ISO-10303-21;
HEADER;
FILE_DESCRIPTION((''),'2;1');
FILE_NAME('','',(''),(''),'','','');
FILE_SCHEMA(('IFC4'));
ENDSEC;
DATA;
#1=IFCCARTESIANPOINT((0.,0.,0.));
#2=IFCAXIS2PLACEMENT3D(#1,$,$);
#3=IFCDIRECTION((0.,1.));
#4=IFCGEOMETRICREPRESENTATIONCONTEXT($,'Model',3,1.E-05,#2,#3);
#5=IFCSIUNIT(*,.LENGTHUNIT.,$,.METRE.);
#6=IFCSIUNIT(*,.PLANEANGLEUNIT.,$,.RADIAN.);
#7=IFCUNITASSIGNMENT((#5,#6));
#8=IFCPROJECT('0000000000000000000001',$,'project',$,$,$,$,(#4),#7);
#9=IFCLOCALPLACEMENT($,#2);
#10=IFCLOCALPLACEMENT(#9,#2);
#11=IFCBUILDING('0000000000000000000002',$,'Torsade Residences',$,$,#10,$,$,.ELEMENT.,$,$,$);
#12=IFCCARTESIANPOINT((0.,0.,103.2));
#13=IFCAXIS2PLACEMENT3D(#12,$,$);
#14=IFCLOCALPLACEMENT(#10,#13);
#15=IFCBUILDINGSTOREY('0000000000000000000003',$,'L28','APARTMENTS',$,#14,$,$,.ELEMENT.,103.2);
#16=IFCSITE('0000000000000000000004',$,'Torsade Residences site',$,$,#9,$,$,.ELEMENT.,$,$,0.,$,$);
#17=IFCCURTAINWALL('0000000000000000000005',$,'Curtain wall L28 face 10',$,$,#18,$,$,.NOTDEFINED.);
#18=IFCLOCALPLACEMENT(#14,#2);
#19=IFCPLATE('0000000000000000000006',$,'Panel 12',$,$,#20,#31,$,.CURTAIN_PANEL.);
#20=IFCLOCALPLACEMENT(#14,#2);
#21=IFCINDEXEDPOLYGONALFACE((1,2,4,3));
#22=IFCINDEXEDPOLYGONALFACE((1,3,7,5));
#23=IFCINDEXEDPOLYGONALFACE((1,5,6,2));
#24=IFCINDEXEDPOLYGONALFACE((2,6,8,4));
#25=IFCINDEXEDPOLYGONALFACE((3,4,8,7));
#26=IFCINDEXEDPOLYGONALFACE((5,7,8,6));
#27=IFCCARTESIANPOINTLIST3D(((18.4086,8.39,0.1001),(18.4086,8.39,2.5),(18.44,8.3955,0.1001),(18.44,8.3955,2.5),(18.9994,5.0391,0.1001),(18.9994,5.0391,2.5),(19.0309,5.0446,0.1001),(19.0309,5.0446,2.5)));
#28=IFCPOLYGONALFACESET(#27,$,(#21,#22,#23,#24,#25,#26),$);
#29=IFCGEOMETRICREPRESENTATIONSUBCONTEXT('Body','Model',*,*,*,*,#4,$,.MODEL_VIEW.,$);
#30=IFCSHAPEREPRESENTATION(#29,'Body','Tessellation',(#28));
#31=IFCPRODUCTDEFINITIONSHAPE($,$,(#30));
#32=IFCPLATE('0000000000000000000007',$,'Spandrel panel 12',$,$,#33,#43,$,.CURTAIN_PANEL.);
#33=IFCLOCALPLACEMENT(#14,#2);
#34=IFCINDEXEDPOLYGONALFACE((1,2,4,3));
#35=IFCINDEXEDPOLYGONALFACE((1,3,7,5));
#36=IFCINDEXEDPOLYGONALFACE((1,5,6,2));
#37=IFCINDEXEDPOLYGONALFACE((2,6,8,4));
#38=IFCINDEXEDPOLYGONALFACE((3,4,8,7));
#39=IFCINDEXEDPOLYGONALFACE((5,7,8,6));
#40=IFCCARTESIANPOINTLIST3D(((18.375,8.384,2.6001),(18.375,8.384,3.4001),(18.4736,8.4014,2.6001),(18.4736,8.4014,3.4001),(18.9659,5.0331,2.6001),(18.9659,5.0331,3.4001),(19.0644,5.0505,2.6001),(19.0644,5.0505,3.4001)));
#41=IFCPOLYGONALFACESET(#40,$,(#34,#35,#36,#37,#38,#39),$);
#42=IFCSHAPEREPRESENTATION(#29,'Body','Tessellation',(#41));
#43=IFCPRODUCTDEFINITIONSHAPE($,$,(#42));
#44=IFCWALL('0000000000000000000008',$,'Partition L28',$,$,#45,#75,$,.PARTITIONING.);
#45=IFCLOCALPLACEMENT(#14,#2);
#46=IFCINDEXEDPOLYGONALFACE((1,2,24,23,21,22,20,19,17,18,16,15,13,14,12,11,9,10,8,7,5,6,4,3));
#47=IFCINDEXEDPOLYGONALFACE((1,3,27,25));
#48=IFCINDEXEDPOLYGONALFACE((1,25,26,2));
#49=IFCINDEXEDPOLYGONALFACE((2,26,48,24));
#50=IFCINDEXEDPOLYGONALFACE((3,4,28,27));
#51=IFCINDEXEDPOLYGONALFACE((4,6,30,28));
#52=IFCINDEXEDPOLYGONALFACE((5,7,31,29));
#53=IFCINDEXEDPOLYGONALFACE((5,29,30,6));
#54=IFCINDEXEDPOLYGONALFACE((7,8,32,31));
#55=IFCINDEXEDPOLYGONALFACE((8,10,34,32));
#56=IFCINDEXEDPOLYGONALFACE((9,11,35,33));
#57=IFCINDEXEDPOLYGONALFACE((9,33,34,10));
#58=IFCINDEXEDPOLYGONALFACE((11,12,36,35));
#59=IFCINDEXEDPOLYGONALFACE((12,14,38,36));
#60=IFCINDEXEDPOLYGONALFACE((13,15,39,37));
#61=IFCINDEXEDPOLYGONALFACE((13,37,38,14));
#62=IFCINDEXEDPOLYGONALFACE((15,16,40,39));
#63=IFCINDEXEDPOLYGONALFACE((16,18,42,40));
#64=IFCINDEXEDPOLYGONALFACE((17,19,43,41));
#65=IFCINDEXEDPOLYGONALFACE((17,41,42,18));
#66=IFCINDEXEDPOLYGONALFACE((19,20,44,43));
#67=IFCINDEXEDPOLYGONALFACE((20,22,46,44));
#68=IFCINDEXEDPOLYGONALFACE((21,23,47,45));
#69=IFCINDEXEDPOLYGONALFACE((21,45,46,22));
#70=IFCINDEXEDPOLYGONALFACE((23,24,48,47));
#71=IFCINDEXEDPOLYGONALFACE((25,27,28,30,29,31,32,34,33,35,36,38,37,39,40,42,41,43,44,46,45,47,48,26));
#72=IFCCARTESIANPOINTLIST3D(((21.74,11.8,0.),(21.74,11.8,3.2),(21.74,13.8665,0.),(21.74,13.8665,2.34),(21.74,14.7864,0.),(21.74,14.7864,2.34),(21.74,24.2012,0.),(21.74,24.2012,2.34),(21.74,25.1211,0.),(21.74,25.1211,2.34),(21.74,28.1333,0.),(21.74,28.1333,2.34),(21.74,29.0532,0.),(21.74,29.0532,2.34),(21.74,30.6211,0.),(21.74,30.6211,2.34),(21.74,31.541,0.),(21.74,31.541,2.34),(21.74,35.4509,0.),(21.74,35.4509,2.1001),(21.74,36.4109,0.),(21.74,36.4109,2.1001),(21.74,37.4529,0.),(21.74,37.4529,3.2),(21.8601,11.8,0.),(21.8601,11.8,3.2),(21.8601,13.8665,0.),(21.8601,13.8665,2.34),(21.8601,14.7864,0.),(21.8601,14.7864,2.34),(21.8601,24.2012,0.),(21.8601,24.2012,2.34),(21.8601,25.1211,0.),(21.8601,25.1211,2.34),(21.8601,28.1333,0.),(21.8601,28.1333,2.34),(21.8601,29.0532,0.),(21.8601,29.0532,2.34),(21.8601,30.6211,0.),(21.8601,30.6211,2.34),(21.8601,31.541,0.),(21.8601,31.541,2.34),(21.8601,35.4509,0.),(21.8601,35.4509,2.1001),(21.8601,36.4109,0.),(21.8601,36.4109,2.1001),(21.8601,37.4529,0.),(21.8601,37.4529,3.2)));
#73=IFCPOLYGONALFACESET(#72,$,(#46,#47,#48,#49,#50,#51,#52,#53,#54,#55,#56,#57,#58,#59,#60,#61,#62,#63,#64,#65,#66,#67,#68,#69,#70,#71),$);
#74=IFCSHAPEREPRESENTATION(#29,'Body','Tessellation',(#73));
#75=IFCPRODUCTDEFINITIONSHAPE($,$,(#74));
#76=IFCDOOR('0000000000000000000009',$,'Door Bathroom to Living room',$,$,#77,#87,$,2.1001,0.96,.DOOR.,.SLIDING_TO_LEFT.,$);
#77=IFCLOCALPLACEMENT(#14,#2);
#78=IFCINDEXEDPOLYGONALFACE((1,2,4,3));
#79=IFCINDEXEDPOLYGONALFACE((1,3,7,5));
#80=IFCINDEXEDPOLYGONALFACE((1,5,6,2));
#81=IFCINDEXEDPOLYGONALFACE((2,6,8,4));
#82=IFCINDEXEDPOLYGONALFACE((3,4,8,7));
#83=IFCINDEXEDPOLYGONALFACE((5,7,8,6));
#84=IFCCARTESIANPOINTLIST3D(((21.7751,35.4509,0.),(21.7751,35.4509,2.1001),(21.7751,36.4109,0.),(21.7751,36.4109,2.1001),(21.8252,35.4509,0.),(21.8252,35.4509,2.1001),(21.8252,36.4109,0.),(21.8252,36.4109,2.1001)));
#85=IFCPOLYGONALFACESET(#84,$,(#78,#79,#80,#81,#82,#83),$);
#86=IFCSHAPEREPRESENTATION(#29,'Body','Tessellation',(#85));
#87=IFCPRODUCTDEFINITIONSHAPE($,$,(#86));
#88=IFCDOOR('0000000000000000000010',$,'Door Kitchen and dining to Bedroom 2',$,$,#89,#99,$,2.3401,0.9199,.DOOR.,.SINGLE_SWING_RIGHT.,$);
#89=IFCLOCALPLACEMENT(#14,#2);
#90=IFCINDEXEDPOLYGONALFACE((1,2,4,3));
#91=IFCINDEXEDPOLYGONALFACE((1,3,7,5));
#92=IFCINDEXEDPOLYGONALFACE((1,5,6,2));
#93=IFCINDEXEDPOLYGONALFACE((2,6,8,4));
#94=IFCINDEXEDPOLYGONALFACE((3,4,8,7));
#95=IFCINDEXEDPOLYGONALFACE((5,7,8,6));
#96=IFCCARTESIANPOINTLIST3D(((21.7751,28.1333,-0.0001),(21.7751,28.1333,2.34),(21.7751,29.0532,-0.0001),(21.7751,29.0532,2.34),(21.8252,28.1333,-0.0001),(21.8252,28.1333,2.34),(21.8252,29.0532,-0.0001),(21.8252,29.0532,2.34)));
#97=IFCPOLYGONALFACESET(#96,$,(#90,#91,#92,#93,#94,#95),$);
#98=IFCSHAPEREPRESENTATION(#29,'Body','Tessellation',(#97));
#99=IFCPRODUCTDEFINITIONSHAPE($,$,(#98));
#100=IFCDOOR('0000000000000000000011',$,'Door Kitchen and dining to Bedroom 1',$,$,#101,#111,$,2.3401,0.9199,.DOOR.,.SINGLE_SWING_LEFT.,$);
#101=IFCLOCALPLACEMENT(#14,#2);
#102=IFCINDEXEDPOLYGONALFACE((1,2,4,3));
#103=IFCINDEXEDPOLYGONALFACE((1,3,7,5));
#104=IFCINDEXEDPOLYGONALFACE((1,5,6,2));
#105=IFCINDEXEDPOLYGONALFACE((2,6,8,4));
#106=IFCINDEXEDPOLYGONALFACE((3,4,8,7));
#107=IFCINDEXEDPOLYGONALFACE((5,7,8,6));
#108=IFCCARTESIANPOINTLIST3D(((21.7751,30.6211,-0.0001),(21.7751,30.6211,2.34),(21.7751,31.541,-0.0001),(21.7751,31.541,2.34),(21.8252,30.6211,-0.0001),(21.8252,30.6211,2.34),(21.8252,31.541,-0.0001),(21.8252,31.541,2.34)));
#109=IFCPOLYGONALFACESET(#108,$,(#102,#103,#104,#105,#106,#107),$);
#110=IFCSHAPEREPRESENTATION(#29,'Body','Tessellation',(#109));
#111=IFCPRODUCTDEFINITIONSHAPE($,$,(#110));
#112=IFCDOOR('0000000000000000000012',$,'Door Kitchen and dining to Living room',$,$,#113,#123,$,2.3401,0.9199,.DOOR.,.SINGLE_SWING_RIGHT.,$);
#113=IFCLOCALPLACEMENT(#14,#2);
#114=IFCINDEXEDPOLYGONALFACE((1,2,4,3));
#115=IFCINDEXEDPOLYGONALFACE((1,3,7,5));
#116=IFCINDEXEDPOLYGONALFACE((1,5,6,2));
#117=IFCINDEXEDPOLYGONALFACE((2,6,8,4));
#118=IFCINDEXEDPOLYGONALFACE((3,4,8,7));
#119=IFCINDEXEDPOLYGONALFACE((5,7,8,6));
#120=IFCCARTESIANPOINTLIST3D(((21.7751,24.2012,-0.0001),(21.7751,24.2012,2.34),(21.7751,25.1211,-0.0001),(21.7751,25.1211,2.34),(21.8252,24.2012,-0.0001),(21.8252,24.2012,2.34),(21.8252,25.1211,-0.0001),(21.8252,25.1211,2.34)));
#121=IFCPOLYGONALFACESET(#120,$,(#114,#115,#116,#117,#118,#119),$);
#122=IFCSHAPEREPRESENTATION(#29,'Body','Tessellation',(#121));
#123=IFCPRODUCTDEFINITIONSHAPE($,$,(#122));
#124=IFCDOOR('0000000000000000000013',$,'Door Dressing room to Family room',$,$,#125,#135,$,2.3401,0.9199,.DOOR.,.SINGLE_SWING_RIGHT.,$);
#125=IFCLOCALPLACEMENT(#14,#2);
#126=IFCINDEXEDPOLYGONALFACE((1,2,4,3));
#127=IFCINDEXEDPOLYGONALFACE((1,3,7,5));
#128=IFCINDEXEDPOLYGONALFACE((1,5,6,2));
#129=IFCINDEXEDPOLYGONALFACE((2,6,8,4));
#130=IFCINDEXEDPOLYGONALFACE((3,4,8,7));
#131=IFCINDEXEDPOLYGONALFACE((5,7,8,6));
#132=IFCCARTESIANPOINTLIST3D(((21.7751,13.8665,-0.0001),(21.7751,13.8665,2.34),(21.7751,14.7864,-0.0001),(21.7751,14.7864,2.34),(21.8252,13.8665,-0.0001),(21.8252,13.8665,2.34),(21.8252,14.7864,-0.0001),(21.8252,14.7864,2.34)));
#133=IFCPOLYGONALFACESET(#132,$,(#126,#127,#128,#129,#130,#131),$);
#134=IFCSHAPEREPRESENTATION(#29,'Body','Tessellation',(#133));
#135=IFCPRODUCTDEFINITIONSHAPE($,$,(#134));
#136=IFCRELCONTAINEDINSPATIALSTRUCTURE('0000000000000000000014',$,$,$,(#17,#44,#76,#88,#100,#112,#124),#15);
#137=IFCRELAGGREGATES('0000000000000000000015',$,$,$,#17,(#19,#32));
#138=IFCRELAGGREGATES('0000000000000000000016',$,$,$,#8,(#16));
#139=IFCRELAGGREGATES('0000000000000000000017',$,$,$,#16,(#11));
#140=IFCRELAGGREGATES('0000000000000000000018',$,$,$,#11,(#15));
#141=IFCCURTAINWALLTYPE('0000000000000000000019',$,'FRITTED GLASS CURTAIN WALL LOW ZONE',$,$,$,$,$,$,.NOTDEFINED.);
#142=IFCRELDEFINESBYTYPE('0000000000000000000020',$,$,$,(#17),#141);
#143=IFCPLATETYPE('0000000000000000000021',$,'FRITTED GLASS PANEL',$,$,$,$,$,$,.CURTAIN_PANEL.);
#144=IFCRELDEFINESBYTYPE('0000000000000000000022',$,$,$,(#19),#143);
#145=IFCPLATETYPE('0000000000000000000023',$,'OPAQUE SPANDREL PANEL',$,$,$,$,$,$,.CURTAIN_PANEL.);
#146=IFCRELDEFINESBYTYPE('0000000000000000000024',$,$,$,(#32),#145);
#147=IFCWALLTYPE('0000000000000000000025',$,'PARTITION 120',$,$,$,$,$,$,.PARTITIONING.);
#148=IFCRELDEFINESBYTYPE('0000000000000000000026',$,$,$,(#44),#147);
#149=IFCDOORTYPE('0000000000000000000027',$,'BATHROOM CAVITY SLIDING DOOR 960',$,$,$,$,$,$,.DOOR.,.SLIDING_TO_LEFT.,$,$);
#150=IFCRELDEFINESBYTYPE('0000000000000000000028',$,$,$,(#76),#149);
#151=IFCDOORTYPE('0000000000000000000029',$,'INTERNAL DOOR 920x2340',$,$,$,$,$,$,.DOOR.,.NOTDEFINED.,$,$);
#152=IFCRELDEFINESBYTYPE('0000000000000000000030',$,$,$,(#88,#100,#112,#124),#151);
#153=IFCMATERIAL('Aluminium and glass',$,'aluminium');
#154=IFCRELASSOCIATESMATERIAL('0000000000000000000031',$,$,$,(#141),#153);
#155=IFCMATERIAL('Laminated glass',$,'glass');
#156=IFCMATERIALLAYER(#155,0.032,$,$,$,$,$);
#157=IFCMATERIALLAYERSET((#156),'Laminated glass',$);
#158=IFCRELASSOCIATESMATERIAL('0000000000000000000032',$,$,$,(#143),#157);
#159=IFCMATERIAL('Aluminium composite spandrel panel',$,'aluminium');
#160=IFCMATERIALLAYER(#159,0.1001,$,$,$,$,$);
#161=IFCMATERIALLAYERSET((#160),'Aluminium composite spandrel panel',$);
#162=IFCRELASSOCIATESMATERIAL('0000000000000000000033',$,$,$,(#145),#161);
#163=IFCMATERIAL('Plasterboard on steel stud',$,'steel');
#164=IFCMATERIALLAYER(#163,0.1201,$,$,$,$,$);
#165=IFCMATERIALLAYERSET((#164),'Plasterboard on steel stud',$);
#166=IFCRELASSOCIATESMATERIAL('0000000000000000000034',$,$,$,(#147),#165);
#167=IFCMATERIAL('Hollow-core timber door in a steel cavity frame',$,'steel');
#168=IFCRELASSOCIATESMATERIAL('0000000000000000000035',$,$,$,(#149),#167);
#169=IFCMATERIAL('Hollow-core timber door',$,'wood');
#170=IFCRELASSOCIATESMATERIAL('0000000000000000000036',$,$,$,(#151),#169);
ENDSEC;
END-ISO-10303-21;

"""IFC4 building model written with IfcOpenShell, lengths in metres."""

from ifc_helpers import new_model, si_unit, direction, frame, frame_2d, origin, origin_2d, place, context, subcontext, project, spatial, rectangle, extrude, material, layer, layer_set, type_object, element, fill, aggregate, save


model = new_model("IFC4")

# Units and contexts
model_context = context("Model", 3, precision=1e-05, world=origin(), true_north=direction((0.0, 1.0)))
body_context = subcontext(model_context, "Body", "Model", "MODEL_VIEW")
ifc_project = project(units=[si_unit("LENGTHUNIT", "METRE"), si_unit("PLANEANGLEUNIT", "RADIAN")], contexts=[model_context])

# Site, building, storey
site_placement = place(None, origin())
site = spatial("IfcSite", under=ifc_project, at=site_placement, Name="Torsade Residences site", CompositionType="ELEMENT", RefElevation=0.0)
building_placement = place(site_placement, origin())
building = spatial("IfcBuilding", under=site, at=building_placement, Name="Torsade Residences", CompositionType="ELEMENT")
storey_placement = place(building_placement, frame((0.0, 0.0, 103.2)))
storey = spatial("IfcBuildingStorey", under=building, at=storey_placement, Name="L28", Description="APARTMENTS", CompositionType="ELEMENT", Elevation=103.2)

# Curtain wall
ifc_material_1 = material(Name="Aluminium and glass", Category="aluminium")
curtain_wall_type = type_object("IfcCurtainWallType", Name="FRITTED GLASS CURTAIN WALL LOW ZONE", PredefinedType="NOTDEFINED", material=ifc_material_1)
curtain_wall_placement = place(storey_placement, origin())
curtain_wall = element("IfcCurtainWall", 1, at=curtain_wall_placement, inside=storey, type_object=curtain_wall_type, Name="Curtain wall L28 face 10", PredefinedType="NOTDEFINED")

# Plates
ifc_material_2 = material(Name="Laminated glass", Category="glass")
ifc_layer_1 = layer(ifc_material_2, 0.032)
ifc_layer_set_1 = layer_set([ifc_layer_1], Name="Laminated glass")
plate_type_1 = type_object("IfcPlateType", Name="FRITTED GLASS PANEL", PredefinedType="CURTAIN_PANEL", material=ifc_layer_set_1)
plate_1_placement = place(storey_placement, frame((18.7197, 6.7173, 0.1001), z_axis=(0.0, 0.0, 1.0), x_axis=(0.173648, -0.984808, 0.0)))
plate_1 = element("IfcPlate", 2, at=plate_1_placement, type_object=plate_type_1, Name="Panel 12", PredefinedType="CURTAIN_PANEL", context=body_context, shape_type="SweptSolid", body=[
    extrude(rectangle(XDim=3.4026, YDim=0.032, at=origin_2d()), origin(), (0.0, 0.0, 1.0), 2.3999),
])
ifc_material_3 = material(Name="Aluminium composite spandrel panel", Category="aluminium")
ifc_layer_2 = layer(ifc_material_3, 0.1001)
ifc_layer_set_2 = layer_set([ifc_layer_2], Name="Aluminium composite spandrel panel")
plate_type_2 = type_object("IfcPlateType", Name="OPAQUE SPANDREL PANEL", PredefinedType="CURTAIN_PANEL", material=ifc_layer_set_2)
plate_2_placement = place(storey_placement, frame((18.7197, 6.7173, 2.6001), z_axis=(0.0, 0.0, 1.0), x_axis=(0.173648, -0.984808, 0.0)))
plate_2 = element("IfcPlate", 3, at=plate_2_placement, type_object=plate_type_2, Name="Spandrel panel 12", PredefinedType="CURTAIN_PANEL", context=body_context, shape_type="SweptSolid", body=[
    extrude(rectangle(XDim=3.4026, YDim=0.1001, at=origin_2d()), origin(), (0.0, 0.0, 1.0), 0.8),
])
aggregate(curtain_wall, [plate_1, plate_2])

# Wall, openings, doors
ifc_material_4 = material(Name="Plasterboard on steel stud", Category="steel")
ifc_layer_3 = layer(ifc_material_4, 0.1201)
ifc_layer_set_3 = layer_set([ifc_layer_3], Name="Plasterboard on steel stud")
wall_type_1 = type_object("IfcWallType", Name="PARTITION 120", PredefinedType="PARTITIONING", material=ifc_layer_set_3)
wall_1_placement = place(storey_placement, frame((21.8, 11.8, 0.0), z_axis=(0.0, 0.0, 1.0), x_axis=(0.0, 1.0, 0.0)))
wall_1 = element("IfcWall", 4, at=wall_1_placement, inside=storey, type_object=wall_type_1, Name="Partition L28", PredefinedType="PARTITIONING", context=body_context, shape_type="SweptSolid", body=[
    extrude(rectangle(XDim=25.6528, YDim=0.1201, at=frame_2d((12.8264, 0.0))), origin(), (0.0, 0.0, 1.0), 3.2),
])
opening_1_placement = place(wall_1_placement, frame((16.3333, 0.0, 0.0)))
opening_1 = element("IfcOpeningElement", 5, at=opening_1_placement, cuts=wall_1, PredefinedType="OPENING", context=body_context, shape_type="SweptSolid", body=[
    extrude(rectangle(XDim=0.9199, YDim=2.3401, at=frame_2d((0.46, 1.1699))), frame((0.0, 0.0701, 0.0), z_axis=(0.0, -1.0, 0.0), x_axis=(1.0, 0.0, 0.0)), (0.0, 0.0, 1.0), 0.1401),
])
opening_2_placement = place(wall_1_placement, frame((18.821, 0.0, 0.0)))
opening_2 = element("IfcOpeningElement", 6, at=opening_2_placement, cuts=wall_1, PredefinedType="OPENING", context=body_context, shape_type="SweptSolid", body=[
    extrude(rectangle(XDim=0.9199, YDim=2.3401, at=frame_2d((0.46, 1.1699))), frame((0.0, 0.0701, 0.0), z_axis=(0.0, -1.0, 0.0), x_axis=(1.0, 0.0, 0.0)), (0.0, 0.0, 1.0), 0.1401),
])
opening_3_placement = place(wall_1_placement, frame((12.4011, 0.0, 0.0)))
opening_3 = element("IfcOpeningElement", 7, at=opening_3_placement, cuts=wall_1, PredefinedType="OPENING", context=body_context, shape_type="SweptSolid", body=[
    extrude(rectangle(XDim=0.9199, YDim=2.3401, at=frame_2d((0.46, 1.1699))), frame((0.0, 0.0701, 0.0), z_axis=(0.0, -1.0, 0.0), x_axis=(1.0, 0.0, 0.0)), (0.0, 0.0, 1.0), 0.1401),
])
opening_4_placement = place(wall_1_placement, frame((2.0664, 0.0, 0.0)))
opening_4 = element("IfcOpeningElement", 8, at=opening_4_placement, cuts=wall_1, PredefinedType="OPENING", context=body_context, shape_type="SweptSolid", body=[
    extrude(rectangle(XDim=0.9199, YDim=2.3401, at=frame_2d((0.46, 1.1699))), frame((0.0, 0.0701, 0.0), z_axis=(0.0, -1.0, 0.0), x_axis=(1.0, 0.0, 0.0)), (0.0, 0.0, 1.0), 0.1401),
])
opening_5_placement = place(wall_1_placement, frame((23.6509, 0.0, 0.0)))
opening_5 = element("IfcOpeningElement", 9, at=opening_5_placement, cuts=wall_1, PredefinedType="OPENING", context=body_context, shape_type="SweptSolid", body=[
    extrude(rectangle(XDim=0.96, YDim=2.1001, at=frame_2d((0.48, 1.05))), frame((0.0, 0.0701, 0.0), z_axis=(0.0, -1.0, 0.0), x_axis=(1.0, 0.0, 0.0)), (0.0, 0.0, 1.0), 0.1401),
])
ifc_material_5 = material(Name="Hollow-core timber door in a steel cavity frame", Category="steel")
door_type_1 = type_object("IfcDoorType", Name="BATHROOM CAVITY SLIDING DOOR 960", OperationType="SLIDING_TO_LEFT", PredefinedType="DOOR", material=ifc_material_5)
door_1_placement = place(opening_5_placement, origin())
door_1 = element("IfcDoor", 10, at=door_1_placement, inside=storey, type_object=door_type_1, Name="Door Bathroom to Living room", OperationType="SLIDING_TO_LEFT", OverallHeight=2.1001, OverallWidth=0.96, PredefinedType="DOOR", context=body_context, shape_type="SweptSolid", body=[
    extrude(rectangle(XDim=0.96, YDim=2.1001, at=frame_2d((0.48, 1.05))), frame((0.0, 0.0249, 0.0), z_axis=(0.0, -1.0, 0.0), x_axis=(1.0, 0.0, 0.0)), (0.0, 0.0, 1.0), 0.05),
])
fill(opening_5, door_1)
ifc_material_6 = material(Name="Hollow-core timber door", Category="wood")
door_type_2 = type_object("IfcDoorType", Name="INTERNAL DOOR 920x2340", OperationType="NOTDEFINED", PredefinedType="DOOR", material=ifc_material_6)
door_2_placement = place(opening_1_placement, origin())
door_2 = element("IfcDoor", 11, at=door_2_placement, inside=storey, type_object=door_type_2, Name="Door Kitchen and dining to Bedroom 2", OperationType="SINGLE_SWING_RIGHT", OverallHeight=2.3401, OverallWidth=0.9199, PredefinedType="DOOR", context=body_context, shape_type="SweptSolid", body=[
    extrude(rectangle(XDim=0.9199, YDim=2.3401, at=frame_2d((0.46, 1.1699))), frame((0.0, 0.0249, 0.0), z_axis=(0.0, -1.0, 0.0), x_axis=(1.0, 0.0, 0.0)), (0.0, 0.0, 1.0), 0.05),
])
fill(opening_1, door_2)
door_3_placement = place(opening_2_placement, origin())
door_3 = element("IfcDoor", 12, at=door_3_placement, inside=storey, type_object=door_type_2, Name="Door Kitchen and dining to Bedroom 1", OperationType="SINGLE_SWING_LEFT", OverallHeight=2.3401, OverallWidth=0.9199, PredefinedType="DOOR", context=body_context, shape_type="SweptSolid", body=[
    extrude(rectangle(XDim=0.9199, YDim=2.3401, at=frame_2d((0.46, 1.1699))), frame((0.0, 0.0249, 0.0), z_axis=(0.0, -1.0, 0.0), x_axis=(1.0, 0.0, 0.0)), (0.0, 0.0, 1.0), 0.05),
])
fill(opening_2, door_3)
door_4_placement = place(opening_3_placement, origin())
door_4 = element("IfcDoor", 13, at=door_4_placement, inside=storey, type_object=door_type_2, Name="Door Kitchen and dining to Living room", OperationType="SINGLE_SWING_RIGHT", OverallHeight=2.3401, OverallWidth=0.9199, PredefinedType="DOOR", context=body_context, shape_type="SweptSolid", body=[
    extrude(rectangle(XDim=0.9199, YDim=2.3401, at=frame_2d((0.46, 1.1699))), frame((0.0, 0.0249, 0.0), z_axis=(0.0, -1.0, 0.0), x_axis=(1.0, 0.0, 0.0)), (0.0, 0.0, 1.0), 0.05),
])
fill(opening_3, door_4)
door_5_placement = place(opening_4_placement, origin())
door_5 = element("IfcDoor", 14, at=door_5_placement, inside=storey, type_object=door_type_2, Name="Door Dressing room to Family room", OperationType="SINGLE_SWING_RIGHT", OverallHeight=2.3401, OverallWidth=0.9199, PredefinedType="DOOR", context=body_context, shape_type="SweptSolid", body=[
    extrude(rectangle(XDim=0.9199, YDim=2.3401, at=frame_2d((0.46, 1.1699))), frame((0.0, 0.0249, 0.0), z_axis=(0.0, -1.0, 0.0), x_axis=(1.0, 0.0, 0.0)), (0.0, 0.0, 1.0), 0.05),
])
fill(opening_4, door_5)

save(model, "model.ifc")
